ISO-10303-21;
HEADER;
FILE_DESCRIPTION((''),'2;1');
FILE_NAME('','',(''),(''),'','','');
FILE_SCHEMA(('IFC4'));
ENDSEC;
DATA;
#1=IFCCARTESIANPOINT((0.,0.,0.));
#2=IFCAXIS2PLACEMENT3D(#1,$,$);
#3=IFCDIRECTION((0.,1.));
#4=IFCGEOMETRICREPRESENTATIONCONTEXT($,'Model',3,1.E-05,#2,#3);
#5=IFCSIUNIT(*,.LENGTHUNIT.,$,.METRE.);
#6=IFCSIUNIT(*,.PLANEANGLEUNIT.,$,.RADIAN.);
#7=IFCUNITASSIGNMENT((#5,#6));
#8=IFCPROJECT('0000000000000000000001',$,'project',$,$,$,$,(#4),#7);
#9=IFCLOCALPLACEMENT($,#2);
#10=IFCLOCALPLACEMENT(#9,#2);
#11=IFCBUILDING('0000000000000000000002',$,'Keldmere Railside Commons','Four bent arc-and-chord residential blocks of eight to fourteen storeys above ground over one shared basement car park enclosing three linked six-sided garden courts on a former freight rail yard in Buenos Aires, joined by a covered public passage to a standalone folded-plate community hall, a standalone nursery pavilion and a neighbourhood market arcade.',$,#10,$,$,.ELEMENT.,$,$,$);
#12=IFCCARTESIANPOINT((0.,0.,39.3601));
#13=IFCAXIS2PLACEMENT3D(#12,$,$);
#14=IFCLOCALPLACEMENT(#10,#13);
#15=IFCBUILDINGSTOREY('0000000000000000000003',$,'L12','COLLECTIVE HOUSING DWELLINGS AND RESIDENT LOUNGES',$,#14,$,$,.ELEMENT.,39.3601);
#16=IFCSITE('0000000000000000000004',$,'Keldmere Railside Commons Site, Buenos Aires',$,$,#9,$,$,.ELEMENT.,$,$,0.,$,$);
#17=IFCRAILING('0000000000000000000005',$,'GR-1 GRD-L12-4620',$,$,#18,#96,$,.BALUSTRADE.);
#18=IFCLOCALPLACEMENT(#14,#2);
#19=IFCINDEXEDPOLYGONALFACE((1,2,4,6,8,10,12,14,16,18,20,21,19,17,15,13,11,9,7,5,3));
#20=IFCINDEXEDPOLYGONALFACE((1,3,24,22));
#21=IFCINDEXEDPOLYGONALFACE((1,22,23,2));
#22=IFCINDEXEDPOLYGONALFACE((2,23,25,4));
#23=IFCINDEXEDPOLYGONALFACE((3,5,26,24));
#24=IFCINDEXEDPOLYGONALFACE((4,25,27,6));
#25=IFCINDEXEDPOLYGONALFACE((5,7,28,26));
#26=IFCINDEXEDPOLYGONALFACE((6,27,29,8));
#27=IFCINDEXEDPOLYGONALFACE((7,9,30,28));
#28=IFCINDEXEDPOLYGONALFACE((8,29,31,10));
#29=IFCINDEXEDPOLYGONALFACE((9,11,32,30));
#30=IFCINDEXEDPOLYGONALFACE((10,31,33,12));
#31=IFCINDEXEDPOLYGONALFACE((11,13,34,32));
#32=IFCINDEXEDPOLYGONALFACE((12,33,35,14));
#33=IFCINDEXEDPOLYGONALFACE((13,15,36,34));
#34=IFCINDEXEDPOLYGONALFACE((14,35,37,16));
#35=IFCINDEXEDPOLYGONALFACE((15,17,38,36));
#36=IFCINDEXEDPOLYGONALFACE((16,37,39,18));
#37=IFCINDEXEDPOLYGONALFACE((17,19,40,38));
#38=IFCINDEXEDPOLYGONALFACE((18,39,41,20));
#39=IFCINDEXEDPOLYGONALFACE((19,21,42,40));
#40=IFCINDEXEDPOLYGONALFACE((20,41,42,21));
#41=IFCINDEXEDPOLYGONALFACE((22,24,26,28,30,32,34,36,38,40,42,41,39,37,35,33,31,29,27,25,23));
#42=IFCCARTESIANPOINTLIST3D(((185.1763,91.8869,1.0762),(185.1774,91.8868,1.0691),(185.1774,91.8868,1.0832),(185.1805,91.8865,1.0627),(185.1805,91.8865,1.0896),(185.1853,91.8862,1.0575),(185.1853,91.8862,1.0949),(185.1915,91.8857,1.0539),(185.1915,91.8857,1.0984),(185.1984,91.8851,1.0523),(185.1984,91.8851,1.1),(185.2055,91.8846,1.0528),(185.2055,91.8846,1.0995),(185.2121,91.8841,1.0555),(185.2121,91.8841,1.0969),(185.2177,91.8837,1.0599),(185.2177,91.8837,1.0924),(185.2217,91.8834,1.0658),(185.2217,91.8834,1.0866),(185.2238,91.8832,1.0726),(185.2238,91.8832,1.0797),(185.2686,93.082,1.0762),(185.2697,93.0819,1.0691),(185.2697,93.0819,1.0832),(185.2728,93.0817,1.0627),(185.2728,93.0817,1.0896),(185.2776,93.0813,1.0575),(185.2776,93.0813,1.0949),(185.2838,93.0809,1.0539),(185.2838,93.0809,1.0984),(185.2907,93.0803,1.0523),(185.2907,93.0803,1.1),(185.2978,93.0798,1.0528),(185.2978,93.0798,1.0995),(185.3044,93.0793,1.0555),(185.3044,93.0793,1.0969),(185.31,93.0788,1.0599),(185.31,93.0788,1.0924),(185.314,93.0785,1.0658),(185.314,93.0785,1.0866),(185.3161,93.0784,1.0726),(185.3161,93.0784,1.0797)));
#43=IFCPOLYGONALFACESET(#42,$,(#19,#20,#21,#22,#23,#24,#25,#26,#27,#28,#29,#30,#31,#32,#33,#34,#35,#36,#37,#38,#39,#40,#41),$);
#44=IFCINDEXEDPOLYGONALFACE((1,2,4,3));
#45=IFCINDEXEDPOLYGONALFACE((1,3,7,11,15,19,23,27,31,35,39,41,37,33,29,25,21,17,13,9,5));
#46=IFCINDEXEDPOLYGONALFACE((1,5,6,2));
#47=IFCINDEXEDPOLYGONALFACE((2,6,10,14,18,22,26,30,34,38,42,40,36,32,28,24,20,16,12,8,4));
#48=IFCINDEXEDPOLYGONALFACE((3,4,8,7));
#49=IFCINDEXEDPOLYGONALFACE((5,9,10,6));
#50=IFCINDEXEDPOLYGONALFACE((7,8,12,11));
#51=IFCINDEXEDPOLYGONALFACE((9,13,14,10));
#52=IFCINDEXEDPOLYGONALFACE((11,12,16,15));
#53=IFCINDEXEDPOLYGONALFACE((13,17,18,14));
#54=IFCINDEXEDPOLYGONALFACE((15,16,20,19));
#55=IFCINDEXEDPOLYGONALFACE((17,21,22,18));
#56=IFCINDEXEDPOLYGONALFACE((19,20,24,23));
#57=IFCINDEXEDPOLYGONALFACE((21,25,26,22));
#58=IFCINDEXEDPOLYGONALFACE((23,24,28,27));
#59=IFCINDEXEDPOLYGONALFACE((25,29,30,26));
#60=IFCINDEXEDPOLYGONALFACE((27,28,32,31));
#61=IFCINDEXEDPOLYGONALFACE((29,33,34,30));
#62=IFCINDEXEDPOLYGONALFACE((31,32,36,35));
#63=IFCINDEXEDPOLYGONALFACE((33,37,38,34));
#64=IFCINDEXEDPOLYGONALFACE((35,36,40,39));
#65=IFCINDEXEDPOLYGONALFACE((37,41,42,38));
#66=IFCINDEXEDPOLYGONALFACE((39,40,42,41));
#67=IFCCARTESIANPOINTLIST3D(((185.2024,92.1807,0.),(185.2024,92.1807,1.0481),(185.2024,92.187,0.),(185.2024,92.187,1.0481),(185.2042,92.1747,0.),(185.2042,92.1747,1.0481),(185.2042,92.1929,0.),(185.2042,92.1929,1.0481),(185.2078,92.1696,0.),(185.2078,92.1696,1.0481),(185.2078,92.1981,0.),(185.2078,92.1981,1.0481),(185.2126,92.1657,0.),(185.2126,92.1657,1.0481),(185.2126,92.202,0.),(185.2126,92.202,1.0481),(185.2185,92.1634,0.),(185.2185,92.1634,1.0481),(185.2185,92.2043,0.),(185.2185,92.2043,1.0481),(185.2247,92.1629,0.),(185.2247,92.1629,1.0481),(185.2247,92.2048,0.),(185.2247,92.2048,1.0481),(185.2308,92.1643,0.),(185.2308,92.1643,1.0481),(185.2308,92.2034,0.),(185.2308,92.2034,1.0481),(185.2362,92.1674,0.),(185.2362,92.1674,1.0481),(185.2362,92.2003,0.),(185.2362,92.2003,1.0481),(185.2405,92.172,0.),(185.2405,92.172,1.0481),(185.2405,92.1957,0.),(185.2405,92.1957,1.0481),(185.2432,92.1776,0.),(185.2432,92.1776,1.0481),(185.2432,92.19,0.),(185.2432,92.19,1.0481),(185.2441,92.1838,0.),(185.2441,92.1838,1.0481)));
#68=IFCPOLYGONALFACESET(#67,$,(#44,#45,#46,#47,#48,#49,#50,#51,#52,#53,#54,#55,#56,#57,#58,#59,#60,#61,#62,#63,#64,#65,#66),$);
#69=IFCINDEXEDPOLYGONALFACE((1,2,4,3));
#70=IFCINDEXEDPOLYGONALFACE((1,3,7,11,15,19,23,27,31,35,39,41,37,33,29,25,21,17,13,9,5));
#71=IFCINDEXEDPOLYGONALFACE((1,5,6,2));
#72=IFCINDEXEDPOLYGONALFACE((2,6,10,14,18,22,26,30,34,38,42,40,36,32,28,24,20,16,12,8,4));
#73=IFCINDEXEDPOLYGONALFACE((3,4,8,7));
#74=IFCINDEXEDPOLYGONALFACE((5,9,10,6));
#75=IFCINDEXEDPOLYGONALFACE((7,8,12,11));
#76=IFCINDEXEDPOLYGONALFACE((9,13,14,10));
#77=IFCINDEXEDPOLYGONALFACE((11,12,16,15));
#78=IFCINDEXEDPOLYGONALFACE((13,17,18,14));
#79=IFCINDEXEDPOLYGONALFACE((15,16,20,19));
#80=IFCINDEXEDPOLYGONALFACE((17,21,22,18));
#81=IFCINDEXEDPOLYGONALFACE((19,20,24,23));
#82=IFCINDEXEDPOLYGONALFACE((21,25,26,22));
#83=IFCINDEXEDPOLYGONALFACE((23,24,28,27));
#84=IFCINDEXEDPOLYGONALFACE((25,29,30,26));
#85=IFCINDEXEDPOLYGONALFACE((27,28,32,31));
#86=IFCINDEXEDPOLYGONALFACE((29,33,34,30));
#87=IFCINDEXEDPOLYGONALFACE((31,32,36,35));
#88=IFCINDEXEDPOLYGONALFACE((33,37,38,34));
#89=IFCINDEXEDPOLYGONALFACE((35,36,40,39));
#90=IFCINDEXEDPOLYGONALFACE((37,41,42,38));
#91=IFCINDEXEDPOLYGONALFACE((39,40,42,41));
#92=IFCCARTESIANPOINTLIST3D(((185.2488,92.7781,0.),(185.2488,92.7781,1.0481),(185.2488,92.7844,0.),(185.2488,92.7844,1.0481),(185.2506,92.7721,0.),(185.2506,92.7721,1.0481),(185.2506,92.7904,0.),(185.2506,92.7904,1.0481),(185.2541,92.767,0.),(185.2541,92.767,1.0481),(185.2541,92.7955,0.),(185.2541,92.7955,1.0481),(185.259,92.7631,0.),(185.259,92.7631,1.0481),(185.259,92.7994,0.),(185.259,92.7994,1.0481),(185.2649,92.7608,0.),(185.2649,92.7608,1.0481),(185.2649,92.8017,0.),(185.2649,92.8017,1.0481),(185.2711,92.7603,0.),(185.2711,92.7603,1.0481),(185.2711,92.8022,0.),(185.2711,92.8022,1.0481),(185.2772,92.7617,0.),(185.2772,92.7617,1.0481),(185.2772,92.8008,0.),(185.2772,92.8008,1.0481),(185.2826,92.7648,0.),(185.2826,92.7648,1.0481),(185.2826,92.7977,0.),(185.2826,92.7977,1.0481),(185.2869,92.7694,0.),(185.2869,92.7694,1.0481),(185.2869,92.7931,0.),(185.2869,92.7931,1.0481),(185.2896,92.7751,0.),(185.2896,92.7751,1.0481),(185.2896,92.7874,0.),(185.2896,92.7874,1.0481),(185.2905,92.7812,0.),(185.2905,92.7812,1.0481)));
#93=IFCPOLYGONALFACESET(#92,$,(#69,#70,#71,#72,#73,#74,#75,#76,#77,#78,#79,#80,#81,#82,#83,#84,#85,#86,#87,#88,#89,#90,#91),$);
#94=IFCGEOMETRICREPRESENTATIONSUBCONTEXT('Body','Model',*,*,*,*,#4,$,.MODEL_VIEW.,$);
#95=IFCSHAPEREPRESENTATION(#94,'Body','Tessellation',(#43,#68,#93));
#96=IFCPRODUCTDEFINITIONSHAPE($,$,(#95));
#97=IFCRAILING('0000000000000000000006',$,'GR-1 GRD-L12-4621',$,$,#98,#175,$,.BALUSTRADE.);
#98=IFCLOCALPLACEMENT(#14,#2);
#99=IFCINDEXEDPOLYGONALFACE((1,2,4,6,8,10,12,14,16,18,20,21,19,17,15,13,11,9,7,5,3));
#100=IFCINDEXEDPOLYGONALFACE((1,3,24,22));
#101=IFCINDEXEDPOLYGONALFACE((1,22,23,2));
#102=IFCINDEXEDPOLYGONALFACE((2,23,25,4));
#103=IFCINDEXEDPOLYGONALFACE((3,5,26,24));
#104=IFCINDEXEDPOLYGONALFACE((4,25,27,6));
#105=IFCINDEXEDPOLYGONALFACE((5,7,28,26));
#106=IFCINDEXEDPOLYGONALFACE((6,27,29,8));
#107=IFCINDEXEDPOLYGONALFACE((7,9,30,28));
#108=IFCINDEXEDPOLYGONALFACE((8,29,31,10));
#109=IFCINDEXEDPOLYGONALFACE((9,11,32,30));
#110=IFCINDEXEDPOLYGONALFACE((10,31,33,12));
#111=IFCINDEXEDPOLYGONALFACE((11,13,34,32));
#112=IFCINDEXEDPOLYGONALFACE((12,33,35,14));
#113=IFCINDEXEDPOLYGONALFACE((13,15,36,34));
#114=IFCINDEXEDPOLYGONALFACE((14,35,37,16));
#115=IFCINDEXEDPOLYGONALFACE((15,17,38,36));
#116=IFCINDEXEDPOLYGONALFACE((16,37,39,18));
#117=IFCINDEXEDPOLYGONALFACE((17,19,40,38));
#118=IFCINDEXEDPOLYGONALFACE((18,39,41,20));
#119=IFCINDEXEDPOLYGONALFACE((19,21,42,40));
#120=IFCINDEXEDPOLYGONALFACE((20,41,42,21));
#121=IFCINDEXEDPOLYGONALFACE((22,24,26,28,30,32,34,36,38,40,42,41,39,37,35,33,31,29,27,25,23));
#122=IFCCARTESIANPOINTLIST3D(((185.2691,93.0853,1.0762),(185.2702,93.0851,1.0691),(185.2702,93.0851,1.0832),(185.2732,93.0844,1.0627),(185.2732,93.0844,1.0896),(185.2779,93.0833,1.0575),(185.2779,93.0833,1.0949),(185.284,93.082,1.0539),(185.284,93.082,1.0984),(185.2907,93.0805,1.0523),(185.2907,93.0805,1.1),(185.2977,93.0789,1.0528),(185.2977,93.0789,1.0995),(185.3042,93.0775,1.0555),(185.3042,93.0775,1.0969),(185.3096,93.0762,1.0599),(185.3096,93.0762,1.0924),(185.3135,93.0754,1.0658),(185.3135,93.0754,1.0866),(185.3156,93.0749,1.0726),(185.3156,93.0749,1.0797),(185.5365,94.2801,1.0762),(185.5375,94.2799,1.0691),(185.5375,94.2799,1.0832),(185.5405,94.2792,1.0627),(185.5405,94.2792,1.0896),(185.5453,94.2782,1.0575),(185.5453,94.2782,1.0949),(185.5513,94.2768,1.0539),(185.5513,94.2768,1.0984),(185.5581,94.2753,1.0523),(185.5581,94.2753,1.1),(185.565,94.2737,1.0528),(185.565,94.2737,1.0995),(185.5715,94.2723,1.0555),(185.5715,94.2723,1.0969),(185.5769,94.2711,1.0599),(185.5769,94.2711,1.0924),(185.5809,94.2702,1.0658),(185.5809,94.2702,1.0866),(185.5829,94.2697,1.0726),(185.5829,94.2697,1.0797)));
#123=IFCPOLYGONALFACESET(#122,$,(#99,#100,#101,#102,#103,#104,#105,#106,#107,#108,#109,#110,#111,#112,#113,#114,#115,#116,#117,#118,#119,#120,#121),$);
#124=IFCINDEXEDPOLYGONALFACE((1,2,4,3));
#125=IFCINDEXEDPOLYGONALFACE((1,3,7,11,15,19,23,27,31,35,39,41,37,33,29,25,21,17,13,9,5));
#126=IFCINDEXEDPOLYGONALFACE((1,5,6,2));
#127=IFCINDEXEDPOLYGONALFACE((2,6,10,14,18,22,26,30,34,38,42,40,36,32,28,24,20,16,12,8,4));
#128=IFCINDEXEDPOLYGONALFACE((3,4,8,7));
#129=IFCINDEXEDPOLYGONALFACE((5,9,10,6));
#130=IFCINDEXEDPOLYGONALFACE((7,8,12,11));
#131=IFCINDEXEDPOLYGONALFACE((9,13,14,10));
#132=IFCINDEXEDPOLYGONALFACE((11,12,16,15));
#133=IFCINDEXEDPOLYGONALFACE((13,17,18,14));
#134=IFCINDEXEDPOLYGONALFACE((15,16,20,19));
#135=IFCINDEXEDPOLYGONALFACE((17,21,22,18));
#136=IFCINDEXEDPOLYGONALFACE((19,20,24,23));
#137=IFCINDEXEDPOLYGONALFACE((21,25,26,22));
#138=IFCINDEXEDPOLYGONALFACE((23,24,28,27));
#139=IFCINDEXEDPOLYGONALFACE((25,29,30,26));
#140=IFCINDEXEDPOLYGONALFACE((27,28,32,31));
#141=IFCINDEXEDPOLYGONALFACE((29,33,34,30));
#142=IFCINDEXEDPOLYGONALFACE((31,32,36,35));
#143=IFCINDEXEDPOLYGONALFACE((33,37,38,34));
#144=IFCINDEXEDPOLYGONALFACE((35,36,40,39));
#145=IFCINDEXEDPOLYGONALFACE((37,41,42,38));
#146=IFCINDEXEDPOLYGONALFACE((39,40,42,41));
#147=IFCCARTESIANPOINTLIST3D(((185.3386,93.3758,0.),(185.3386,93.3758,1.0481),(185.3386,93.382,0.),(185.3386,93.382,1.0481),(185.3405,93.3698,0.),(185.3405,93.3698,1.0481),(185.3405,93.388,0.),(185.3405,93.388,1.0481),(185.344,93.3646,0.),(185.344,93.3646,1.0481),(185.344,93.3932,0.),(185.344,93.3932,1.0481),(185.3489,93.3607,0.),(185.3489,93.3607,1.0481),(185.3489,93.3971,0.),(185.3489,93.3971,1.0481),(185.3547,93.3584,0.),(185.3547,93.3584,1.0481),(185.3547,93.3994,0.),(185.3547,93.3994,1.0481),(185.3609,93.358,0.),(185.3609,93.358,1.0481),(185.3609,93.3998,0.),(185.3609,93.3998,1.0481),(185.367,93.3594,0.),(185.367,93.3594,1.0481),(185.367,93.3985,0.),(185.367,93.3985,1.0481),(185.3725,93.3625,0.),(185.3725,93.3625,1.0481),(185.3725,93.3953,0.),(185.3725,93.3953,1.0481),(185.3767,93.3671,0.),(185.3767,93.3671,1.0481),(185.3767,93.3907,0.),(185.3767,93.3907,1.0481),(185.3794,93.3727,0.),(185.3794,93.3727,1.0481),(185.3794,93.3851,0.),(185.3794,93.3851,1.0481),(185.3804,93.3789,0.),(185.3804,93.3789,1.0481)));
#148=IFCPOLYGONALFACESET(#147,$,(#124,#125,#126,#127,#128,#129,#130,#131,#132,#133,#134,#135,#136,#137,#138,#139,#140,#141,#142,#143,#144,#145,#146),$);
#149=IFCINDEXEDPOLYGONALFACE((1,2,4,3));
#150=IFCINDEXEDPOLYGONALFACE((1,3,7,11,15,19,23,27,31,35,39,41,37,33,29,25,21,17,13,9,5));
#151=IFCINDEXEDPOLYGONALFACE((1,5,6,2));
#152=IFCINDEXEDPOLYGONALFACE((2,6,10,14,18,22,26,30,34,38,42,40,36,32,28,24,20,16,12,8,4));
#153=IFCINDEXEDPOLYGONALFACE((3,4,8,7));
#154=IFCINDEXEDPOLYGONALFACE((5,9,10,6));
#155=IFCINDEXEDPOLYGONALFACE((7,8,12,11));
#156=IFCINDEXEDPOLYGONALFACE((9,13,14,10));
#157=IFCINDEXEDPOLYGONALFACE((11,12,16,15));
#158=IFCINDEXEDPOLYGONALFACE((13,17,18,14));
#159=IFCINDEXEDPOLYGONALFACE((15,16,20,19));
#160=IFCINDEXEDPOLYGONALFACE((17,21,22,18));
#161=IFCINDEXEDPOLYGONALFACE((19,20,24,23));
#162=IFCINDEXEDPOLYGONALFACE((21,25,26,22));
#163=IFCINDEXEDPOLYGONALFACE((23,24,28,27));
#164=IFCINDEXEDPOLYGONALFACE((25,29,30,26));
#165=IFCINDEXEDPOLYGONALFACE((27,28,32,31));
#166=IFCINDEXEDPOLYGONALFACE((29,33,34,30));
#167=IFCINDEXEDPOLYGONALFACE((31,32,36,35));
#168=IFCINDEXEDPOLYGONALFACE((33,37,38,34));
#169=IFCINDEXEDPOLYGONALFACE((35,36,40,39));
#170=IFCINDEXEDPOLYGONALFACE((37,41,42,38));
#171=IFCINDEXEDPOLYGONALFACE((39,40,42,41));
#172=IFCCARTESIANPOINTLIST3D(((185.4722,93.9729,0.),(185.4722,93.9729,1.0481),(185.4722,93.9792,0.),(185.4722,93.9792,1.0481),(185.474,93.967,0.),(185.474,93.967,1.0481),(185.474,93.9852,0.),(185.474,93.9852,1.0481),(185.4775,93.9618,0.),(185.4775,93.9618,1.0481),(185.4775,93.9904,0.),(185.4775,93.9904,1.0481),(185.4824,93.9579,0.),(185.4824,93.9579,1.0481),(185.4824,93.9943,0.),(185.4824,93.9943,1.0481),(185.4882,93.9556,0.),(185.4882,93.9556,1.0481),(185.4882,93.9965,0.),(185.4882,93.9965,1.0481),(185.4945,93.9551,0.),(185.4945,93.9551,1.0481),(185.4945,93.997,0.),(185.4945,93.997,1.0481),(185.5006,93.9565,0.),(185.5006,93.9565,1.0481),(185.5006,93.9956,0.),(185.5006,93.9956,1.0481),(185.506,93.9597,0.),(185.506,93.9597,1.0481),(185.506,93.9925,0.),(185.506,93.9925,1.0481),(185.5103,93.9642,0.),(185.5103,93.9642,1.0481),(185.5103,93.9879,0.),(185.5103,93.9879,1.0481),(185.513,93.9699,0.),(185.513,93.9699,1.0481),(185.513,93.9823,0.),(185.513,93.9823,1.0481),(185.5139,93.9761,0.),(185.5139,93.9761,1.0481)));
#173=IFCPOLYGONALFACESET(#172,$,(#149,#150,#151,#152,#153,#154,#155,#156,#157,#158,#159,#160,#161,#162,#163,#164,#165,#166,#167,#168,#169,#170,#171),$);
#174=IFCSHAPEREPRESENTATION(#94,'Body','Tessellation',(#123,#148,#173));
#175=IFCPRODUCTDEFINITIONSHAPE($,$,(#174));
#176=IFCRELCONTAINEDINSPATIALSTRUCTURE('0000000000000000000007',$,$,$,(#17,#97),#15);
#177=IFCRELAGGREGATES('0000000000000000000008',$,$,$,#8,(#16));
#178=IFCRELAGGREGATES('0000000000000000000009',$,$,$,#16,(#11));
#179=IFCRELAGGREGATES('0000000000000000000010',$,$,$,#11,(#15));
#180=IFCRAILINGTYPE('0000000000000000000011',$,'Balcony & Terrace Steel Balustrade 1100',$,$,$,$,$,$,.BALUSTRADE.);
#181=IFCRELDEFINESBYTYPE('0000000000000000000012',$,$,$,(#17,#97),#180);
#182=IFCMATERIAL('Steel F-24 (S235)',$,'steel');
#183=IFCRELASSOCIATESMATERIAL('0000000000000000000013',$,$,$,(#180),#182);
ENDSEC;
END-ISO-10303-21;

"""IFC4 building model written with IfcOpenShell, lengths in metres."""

from ifc_helpers import new_model, si_unit, direction, frame, origin, origin_2d, place, context, subcontext, project, spatial, circle, extrude, material, type_object, element, save


model = new_model("IFC4")

# Units and contexts
model_context = context("Model", 3, precision=1e-05, world=origin(), true_north=direction((0.0, 1.0)))
body_context = subcontext(model_context, "Body", "Model", "MODEL_VIEW")
ifc_project = project(units=[si_unit("LENGTHUNIT", "METRE"), si_unit("PLANEANGLEUNIT", "RADIAN")], contexts=[model_context])

# Site, building, storey
site_placement = place(None, origin())
site = spatial("IfcSite", under=ifc_project, at=site_placement, Name="Keldmere Railside Commons Site, Buenos Aires", CompositionType="ELEMENT", RefElevation=0.0)
building_placement = place(site_placement, origin())
building = spatial("IfcBuilding", under=site, at=building_placement, Name="Keldmere Railside Commons", Description="Four bent arc-and-chord residential blocks of eight to fourteen storeys above ground over one shared basement car park enclosing three linked six-sided garden courts on a former freight rail yard in Buenos Aires, joined by a covered public passage to a standalone folded-plate community hall, a standalone nursery pavilion and a neighbourhood market arcade.", CompositionType="ELEMENT")
storey_placement = place(building_placement, frame((0.0, 0.0, 39.3601)))
storey = spatial("IfcBuildingStorey", under=building, at=storey_placement, Name="L12", Description="COLLECTIVE HOUSING DWELLINGS AND RESIDENT LOUNGES", CompositionType="ELEMENT", Elevation=39.3601)

# Railings
ifc_material_1 = material(Name="Steel F-24 (S235)", Category="steel")
railing_type = type_object("IfcRailingType", Name="Balcony & Terrace Steel Balustrade 1100", PredefinedType="BALUSTRADE", material=ifc_material_1)
railing_1_placement = place(storey_placement, frame((185.2002, 91.885, 0.0)))
element("IfcRailing", 1, at=railing_1_placement, inside=storey, type_object=railing_type, Name="GR-1 GRD-L12-4620", PredefinedType="BALUSTRADE", context=body_context, shape_type="SweptSolid", body=[
    extrude(circle(Radius=0.0239, at=origin_2d()), frame((0.0, 0.0, 1.0762), z_axis=(0.076992, 0.997032, 0.0), x_axis=(-0.997032, 0.076992, 0.0)), (0.0, 0.0, 1.0), 1.1987),
    extrude(circle(Radius=0.021, at=origin_2d()), frame((0.0229, 0.2988, 0.0)), (0.0, 0.0, 1.0), 1.0481),
    extrude(circle(Radius=0.021, at=origin_2d()), frame((0.0693, 0.8962, 0.0)), (0.0, 0.0, 1.0), 1.0481),
])
railing_2_placement = place(storey_placement, frame((185.2925, 93.0801, 0.0)))
element("IfcRailing", 2, at=railing_2_placement, inside=storey, type_object=railing_type, Name="GR-1 GRD-L12-4621", PredefinedType="BALUSTRADE", context=body_context, shape_type="SweptSolid", body=[
    extrude(circle(Radius=0.0239, at=origin_2d()), frame((0.0, 0.0, 1.0762), z_axis=(0.218345, 0.975872, 0.0), x_axis=(-0.975872, 0.218345, 0.0)), (0.0, 0.0, 1.0), 1.2244),
    extrude(circle(Radius=0.021, at=origin_2d()), frame((0.0669, 0.2988, 0.0)), (0.0, 0.0, 1.0), 1.0481),
    extrude(circle(Radius=0.021, at=origin_2d()), frame((0.2004, 0.896, 0.0)), (0.0, 0.0, 1.0), 1.0481),
])

save(model, "model.ifc")
